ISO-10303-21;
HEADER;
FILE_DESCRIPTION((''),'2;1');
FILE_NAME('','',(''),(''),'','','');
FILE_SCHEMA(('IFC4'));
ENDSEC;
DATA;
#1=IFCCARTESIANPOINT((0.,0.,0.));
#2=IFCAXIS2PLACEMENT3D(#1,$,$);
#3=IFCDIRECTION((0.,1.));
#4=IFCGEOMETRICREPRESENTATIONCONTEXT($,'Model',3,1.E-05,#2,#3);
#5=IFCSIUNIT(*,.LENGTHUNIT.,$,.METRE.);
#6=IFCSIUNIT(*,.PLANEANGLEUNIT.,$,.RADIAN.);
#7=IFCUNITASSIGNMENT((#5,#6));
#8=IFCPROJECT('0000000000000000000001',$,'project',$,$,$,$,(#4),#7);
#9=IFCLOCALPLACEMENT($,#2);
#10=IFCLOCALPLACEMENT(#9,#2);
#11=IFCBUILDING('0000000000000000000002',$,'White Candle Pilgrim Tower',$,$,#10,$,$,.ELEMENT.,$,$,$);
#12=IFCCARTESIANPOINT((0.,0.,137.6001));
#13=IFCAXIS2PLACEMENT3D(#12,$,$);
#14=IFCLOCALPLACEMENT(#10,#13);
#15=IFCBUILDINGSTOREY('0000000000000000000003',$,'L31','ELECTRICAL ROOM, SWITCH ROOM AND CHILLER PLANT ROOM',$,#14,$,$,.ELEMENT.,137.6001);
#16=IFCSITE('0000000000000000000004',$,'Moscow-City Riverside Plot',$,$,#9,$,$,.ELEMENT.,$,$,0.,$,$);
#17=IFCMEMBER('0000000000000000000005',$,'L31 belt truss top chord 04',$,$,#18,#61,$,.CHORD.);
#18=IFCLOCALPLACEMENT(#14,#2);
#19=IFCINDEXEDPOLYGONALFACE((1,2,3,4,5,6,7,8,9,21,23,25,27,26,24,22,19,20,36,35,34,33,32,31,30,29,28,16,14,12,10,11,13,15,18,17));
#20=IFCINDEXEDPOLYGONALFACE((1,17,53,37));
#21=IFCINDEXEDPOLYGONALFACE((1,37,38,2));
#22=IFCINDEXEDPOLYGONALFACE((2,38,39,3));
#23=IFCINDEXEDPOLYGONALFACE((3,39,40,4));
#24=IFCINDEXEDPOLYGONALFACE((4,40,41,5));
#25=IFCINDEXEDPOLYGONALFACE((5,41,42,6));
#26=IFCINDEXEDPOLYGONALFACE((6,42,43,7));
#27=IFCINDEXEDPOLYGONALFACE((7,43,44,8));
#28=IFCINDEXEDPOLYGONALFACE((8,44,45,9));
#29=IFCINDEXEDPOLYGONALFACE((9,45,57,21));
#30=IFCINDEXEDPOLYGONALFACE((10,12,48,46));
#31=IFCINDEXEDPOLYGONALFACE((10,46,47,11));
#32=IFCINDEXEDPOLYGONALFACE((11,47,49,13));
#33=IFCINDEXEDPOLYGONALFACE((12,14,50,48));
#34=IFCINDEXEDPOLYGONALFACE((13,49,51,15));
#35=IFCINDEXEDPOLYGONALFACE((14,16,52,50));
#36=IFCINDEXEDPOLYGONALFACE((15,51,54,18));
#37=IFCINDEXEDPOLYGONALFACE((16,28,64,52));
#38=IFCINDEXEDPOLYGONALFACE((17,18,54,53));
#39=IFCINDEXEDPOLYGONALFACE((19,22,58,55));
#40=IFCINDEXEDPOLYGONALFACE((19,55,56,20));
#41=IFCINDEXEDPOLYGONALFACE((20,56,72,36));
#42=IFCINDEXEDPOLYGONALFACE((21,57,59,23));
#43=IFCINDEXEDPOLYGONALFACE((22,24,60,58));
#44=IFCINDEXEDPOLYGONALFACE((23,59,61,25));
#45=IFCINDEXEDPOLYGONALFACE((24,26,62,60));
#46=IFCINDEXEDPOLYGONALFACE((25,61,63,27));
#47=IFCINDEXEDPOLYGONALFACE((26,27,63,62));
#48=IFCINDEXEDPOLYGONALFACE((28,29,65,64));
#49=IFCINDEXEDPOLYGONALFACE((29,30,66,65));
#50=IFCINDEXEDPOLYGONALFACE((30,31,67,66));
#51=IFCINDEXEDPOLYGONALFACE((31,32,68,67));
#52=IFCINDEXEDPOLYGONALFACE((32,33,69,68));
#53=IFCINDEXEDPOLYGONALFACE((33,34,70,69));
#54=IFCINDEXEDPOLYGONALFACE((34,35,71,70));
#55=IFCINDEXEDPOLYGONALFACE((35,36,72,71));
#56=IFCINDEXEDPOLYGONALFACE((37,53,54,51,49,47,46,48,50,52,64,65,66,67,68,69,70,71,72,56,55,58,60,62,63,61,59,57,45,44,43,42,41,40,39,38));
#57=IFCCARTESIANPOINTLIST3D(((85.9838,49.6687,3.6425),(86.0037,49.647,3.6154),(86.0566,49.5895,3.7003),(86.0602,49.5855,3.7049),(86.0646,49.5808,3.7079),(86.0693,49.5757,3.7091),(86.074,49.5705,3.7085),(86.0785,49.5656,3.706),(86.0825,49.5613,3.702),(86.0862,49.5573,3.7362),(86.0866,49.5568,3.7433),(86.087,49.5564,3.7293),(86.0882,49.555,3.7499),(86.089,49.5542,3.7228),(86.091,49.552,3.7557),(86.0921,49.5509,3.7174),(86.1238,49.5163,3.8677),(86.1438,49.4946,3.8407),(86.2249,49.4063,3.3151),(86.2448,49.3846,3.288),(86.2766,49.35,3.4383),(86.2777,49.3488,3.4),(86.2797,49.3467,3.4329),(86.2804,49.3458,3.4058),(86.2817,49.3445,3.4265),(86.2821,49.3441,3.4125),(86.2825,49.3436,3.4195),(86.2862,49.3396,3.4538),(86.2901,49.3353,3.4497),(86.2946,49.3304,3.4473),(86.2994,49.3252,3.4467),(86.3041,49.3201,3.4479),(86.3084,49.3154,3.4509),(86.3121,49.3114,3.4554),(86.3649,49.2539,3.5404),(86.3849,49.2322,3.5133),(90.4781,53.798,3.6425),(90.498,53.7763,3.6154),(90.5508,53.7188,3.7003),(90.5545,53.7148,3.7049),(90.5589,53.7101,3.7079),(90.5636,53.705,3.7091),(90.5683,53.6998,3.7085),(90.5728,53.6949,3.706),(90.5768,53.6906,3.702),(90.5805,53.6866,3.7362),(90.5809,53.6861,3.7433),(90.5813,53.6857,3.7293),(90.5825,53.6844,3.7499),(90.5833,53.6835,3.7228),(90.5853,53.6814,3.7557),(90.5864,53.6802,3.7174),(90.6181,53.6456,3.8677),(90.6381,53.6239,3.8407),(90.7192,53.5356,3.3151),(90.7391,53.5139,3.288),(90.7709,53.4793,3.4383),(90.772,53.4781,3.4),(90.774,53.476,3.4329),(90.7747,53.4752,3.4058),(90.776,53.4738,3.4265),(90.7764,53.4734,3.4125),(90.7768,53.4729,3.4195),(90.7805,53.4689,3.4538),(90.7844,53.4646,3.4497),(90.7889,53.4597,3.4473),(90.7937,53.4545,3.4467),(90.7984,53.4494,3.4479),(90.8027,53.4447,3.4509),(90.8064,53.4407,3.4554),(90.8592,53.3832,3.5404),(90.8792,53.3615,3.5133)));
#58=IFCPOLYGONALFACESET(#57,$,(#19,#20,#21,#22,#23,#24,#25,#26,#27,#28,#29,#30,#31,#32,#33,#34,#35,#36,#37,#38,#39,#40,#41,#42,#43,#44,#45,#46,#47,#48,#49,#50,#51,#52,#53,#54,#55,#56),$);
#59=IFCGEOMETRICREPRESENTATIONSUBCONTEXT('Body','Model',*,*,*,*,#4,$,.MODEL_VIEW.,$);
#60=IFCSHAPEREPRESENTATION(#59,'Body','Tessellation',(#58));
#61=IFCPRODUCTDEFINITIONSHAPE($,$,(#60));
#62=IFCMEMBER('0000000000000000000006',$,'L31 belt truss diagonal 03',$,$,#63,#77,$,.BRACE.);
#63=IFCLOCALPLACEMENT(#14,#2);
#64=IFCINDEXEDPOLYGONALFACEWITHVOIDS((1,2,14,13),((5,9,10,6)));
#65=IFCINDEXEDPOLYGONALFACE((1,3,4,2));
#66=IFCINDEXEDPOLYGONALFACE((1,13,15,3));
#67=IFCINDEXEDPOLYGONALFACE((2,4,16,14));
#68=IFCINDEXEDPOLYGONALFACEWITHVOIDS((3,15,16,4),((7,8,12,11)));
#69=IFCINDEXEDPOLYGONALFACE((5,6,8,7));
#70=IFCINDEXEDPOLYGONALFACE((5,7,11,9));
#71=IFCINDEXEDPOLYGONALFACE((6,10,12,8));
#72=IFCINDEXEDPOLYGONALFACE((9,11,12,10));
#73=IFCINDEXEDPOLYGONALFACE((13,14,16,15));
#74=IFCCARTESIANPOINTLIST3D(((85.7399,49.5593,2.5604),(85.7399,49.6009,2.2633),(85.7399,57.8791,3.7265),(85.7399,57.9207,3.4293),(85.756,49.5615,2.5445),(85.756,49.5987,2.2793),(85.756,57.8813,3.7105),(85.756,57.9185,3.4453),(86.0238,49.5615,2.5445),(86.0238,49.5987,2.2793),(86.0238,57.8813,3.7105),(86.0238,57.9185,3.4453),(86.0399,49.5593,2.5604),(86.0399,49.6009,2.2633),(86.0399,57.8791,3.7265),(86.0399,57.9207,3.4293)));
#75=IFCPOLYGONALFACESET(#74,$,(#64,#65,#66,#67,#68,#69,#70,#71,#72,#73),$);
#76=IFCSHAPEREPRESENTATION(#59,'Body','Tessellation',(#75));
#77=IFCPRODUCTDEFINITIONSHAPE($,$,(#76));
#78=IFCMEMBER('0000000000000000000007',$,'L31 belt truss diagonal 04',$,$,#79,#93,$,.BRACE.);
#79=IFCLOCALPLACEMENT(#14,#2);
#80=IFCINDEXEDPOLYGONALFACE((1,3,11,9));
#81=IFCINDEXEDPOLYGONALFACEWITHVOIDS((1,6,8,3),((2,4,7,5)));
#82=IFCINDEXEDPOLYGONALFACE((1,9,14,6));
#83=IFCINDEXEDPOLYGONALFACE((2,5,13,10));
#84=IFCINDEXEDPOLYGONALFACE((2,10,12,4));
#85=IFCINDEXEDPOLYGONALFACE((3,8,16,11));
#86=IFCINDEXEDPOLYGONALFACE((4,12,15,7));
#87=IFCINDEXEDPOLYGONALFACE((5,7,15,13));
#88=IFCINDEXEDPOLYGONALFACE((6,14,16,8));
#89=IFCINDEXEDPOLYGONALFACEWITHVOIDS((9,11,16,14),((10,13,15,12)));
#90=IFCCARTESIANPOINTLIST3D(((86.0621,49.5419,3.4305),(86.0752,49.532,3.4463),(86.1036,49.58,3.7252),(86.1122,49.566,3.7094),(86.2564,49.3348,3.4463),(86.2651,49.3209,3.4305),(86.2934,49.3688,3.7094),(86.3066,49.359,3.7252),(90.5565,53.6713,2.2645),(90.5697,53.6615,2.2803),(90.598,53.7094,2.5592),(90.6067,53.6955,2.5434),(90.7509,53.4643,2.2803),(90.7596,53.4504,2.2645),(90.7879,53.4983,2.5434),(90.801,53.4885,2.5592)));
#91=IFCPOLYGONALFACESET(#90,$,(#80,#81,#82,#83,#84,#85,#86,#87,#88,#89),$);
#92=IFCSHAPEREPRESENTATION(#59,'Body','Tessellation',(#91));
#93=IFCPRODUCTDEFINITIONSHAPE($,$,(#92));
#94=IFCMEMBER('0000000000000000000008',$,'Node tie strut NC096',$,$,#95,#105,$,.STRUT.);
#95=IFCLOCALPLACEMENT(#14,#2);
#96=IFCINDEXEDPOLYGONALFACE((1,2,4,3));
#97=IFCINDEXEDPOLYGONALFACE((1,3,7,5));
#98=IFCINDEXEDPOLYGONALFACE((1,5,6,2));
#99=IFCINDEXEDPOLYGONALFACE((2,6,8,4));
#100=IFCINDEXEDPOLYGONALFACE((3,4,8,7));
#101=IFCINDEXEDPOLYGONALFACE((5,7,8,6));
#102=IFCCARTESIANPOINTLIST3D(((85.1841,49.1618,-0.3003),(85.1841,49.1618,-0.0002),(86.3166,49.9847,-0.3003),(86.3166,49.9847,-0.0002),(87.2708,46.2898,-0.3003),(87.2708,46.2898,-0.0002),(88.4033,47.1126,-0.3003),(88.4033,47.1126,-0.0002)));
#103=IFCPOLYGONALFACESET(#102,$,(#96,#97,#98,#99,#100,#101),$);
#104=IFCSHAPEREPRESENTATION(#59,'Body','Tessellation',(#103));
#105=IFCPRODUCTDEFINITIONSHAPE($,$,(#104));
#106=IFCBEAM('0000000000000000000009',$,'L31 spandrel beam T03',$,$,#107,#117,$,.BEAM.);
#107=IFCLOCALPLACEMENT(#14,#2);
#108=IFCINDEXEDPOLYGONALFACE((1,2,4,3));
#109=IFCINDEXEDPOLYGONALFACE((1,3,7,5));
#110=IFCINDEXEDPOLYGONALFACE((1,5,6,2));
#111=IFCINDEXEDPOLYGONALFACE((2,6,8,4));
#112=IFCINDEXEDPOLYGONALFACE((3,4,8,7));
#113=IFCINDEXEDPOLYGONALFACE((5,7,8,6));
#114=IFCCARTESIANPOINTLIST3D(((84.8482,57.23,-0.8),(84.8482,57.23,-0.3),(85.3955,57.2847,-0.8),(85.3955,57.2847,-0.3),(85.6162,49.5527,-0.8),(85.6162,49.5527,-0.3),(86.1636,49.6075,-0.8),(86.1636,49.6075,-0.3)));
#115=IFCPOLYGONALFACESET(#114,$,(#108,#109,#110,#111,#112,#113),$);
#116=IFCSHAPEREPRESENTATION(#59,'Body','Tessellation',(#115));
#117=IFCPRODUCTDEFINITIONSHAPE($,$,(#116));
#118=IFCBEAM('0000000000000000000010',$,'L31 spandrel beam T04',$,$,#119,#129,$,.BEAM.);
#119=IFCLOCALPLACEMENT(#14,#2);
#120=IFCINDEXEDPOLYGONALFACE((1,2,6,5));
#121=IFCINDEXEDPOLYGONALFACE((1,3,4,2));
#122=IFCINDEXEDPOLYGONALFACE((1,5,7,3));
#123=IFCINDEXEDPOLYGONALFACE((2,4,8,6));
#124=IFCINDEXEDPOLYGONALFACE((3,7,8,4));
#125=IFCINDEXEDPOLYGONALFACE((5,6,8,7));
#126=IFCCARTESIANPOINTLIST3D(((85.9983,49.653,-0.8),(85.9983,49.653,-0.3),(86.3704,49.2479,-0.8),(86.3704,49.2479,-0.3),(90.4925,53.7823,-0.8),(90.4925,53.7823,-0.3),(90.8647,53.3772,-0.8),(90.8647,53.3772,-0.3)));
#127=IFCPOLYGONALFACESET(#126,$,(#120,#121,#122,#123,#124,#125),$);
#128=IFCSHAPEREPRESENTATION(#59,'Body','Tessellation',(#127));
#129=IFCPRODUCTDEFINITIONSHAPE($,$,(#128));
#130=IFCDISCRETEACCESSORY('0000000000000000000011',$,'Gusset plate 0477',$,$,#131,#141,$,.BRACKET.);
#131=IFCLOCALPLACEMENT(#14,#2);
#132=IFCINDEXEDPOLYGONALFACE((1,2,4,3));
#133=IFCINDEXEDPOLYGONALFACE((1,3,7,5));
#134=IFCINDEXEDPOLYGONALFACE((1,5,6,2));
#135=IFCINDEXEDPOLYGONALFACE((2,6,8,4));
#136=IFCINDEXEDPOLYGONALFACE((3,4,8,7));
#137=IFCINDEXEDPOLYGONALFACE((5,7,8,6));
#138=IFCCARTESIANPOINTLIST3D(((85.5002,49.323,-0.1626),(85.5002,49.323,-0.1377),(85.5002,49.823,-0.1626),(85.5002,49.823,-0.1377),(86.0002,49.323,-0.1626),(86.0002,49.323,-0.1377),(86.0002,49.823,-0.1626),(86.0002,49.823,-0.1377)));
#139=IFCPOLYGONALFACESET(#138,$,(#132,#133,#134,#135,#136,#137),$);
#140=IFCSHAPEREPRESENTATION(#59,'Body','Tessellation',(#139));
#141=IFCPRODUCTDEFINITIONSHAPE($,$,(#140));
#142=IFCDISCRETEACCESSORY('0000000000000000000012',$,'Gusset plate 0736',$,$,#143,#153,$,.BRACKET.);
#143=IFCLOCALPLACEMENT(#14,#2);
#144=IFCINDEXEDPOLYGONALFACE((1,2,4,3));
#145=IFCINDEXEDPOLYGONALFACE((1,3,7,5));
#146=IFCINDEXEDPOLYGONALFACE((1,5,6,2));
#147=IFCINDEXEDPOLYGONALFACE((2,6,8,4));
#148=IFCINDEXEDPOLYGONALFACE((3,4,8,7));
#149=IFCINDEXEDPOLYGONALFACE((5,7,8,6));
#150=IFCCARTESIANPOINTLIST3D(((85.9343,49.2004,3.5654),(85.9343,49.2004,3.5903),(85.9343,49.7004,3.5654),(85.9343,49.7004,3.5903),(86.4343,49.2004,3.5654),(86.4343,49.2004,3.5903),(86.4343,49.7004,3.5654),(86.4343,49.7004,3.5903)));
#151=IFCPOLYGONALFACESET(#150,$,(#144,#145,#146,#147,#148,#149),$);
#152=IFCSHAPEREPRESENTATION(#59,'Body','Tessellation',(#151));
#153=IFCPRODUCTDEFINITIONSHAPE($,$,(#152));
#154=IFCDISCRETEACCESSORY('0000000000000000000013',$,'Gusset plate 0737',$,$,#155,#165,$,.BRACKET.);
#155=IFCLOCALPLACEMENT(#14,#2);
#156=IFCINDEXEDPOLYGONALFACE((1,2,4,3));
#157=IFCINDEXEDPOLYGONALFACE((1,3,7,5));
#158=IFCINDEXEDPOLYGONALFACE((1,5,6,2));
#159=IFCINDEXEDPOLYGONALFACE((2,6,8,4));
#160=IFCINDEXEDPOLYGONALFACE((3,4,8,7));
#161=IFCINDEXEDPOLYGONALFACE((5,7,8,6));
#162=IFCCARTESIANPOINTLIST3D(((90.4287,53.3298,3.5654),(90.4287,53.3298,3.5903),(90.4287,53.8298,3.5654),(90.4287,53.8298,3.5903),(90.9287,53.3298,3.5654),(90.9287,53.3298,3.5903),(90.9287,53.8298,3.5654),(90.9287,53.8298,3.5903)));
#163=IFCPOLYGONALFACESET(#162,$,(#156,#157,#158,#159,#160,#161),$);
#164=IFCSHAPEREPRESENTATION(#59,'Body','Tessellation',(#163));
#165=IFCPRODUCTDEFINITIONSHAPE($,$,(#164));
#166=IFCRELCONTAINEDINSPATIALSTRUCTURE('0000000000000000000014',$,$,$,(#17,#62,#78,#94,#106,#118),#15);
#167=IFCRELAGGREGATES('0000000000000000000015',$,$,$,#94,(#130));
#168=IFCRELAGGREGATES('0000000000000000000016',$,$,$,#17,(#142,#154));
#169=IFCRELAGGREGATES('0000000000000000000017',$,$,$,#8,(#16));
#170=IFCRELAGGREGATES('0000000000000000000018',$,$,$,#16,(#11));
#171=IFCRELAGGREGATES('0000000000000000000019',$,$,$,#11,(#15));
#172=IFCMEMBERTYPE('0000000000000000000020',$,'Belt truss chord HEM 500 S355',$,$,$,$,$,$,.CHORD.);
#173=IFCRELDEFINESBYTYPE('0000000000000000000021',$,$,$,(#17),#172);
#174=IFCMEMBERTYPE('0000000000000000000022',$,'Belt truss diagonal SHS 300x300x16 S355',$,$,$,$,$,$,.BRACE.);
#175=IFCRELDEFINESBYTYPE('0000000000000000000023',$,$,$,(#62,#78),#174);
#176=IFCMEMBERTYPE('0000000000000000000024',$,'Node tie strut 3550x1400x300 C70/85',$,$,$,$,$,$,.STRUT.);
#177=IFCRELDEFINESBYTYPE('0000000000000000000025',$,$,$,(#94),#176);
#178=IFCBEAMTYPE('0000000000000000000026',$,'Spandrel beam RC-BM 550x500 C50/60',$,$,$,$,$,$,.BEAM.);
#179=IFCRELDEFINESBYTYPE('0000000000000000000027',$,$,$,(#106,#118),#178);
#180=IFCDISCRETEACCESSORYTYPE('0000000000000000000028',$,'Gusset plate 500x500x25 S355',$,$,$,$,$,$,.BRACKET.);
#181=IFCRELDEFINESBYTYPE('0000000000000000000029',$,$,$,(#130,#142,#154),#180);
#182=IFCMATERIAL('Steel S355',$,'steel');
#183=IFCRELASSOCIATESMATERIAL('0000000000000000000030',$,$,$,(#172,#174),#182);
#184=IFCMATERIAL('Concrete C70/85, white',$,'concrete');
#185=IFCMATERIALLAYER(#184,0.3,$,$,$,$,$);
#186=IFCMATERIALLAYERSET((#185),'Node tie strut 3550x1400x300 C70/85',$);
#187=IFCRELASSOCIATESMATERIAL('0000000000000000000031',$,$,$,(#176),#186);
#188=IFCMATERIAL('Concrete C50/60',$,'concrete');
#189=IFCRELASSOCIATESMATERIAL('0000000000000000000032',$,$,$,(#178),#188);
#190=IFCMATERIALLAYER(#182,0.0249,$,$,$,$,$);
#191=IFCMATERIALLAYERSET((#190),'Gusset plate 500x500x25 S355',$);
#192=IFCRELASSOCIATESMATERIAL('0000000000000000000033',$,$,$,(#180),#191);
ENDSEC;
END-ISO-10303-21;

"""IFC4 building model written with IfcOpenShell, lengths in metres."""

from ifc_helpers import new_model, si_unit, direction, frame, origin, origin_2d, place, context, subcontext, project, spatial, rectangle, hollow_rectangle, i_section, extrude, material, layer, layer_set, material_profile, profile_set, type_object, element, aggregate, save


model = new_model("IFC4")

# Units and contexts
model_context = context("Model", 3, precision=1e-05, world=origin(), true_north=direction((0.0, 1.0)))
body_context = subcontext(model_context, "Body", "Model", "MODEL_VIEW")
ifc_project = project(units=[si_unit("LENGTHUNIT", "METRE"), si_unit("PLANEANGLEUNIT", "RADIAN")], contexts=[model_context])

# Site, building, storey
site_placement = place(None, origin())
site = spatial("IfcSite", under=ifc_project, at=site_placement, Name="Moscow-City Riverside Plot", CompositionType="ELEMENT", RefElevation=0.0)
building_placement = place(site_placement, origin())
building = spatial("IfcBuilding", under=site, at=building_placement, Name="White Candle Pilgrim Tower", CompositionType="ELEMENT")
storey_placement = place(building_placement, frame((0.0, 0.0, 137.6001)))
storey = spatial("IfcBuildingStorey", under=building, at=storey_placement, Name="L31", Description="ELECTRICAL ROOM, SWITCH ROOM AND CHILLER PLANT ROOM", CompositionType="ELEMENT", Elevation=137.6001)

# Member
ifc_material_1 = material(Name="Steel S355", Category="steel")
ifc_material_profile_1 = material_profile(ifc_material_1, i_section(OverallWidth=0.3059, OverallDepth=0.5239, WebThickness=0.021, FlangeThickness=0.04, FilletRadius=0.0271, at=origin_2d()), Name="HEM 500")
ifc_profile_set_1 = profile_set([ifc_material_profile_1], Name="Steel S355")
member_type_1 = type_object("IfcMemberType", Name="Belt truss chord HEM 500 S355", PredefinedType="CHORD", material=ifc_profile_set_1)
member_1_placement = place(storey_placement, frame((86.1843, 49.4504, 3.5779), z_axis=(0.736375, 0.676574, 0.0), x_axis=(0.457751, -0.498211, 0.736376)))
member_1 = element("IfcMember", 1, at=member_1_placement, inside=storey, type_object=member_type_1, Name="L31 belt truss top chord 04", PredefinedType="CHORD", context=body_context, shape_type="SweptSolid", body=[
    extrude(i_section(OverallWidth=0.3059, OverallDepth=0.5239, WebThickness=0.021, FlangeThickness=0.04, FilletRadius=0.0271, at=origin_2d()), origin(), (0.0, 0.0, 1.0), 6.1033),
])

# Members
ifc_material_profile_2 = material_profile(ifc_material_1, hollow_rectangle(XDim=0.3, YDim=0.3, WallThickness=0.0161, at=origin_2d()), Name="SHS 300x300x16")
ifc_profile_set_2 = profile_set([ifc_material_profile_2], Name="Steel S355")
member_type_2 = type_object("IfcMemberType", Name="Belt truss diagonal SHS 300x300x16 S355", PredefinedType="BRACE", material=ifc_profile_set_2)
member_2_placement = place(storey_placement, frame((85.8899, 49.5801, 2.4119), z_axis=(0.0, 0.990321, 0.138793), x_axis=(-1.0, 0.0, 0.0)))
element("IfcMember", 2, at=member_2_placement, inside=storey, type_object=member_type_2, Name="L31 belt truss diagonal 03", PredefinedType="BRACE", context=body_context, shape_type="SweptSolid", body=[
    extrude(hollow_rectangle(XDim=0.3, YDim=0.3, WallThickness=0.0161, at=origin_2d()), origin(), (0.0, 0.0, 1.0), 8.4011),
])
member_3_placement = place(storey_placement, frame((86.1843, 49.4504, 3.5779), z_axis=(0.723294, 0.664555, -0.18765), x_axis=(-0.676574, 0.736375, 0.0)))
element("IfcMember", 3, at=member_3_placement, inside=storey, type_object=member_type_2, Name="L31 belt truss diagonal 04", PredefinedType="BRACE", context=body_context, shape_type="SweptSolid", body=[
    extrude(hollow_rectangle(XDim=0.3, YDim=0.3, WallThickness=0.0161, at=origin_2d()), origin(), (0.0, 0.0, 1.0), 6.2139),
])

# Member
ifc_material_2 = material(Name="Concrete C70/85, white", Category="concrete")
ifc_layer_1 = layer(ifc_material_2, 0.3)
ifc_layer_set_1 = layer_set([ifc_layer_1], Name="Node tie strut 3550x1400x300 C70/85")
member_type_3 = type_object("IfcMemberType", Name="Node tie strut 3550x1400x300 C70/85", PredefinedType="STRUT", material=ifc_layer_set_1)
member_4_placement = place(storey_placement, frame((86.7937, 48.1372, -0.3003), z_axis=(0.0, 0.0, 1.0), x_axis=(0.809017, 0.587785, 0.0)))
member_4 = element("IfcMember", 4, at=member_4_placement, inside=storey, type_object=member_type_3, Name="Node tie strut NC096", PredefinedType="STRUT", context=body_context, shape_type="SweptSolid", body=[
    extrude(rectangle(XDim=1.3999, YDim=3.55, at=origin_2d()), origin(), (0.0, 0.0, 1.0), 0.3),
])

# Beams
ifc_material_3 = material(Name="Concrete C50/60", Category="concrete")
ifc_material_profile_3 = material_profile(ifc_material_3, rectangle(XDim=0.55, YDim=0.5, at=origin_2d()), Name="RC-BM 550x500")
ifc_profile_set_3 = profile_set([ifc_material_profile_3], Name="Concrete C50/60")
beam_type = type_object("IfcBeamType", Name="Spandrel beam RC-BM 550x500 C50/60", PredefinedType="BEAM", material=ifc_profile_set_3)
beam_1_placement = place(storey_placement, frame((85.8899, 49.5801, -0.55), z_axis=(-0.099548, 0.995033, 0.0), x_axis=(-0.995033, -0.099548, 0.0)))
element("IfcBeam", 5, at=beam_1_placement, inside=storey, type_object=beam_type, Name="L31 spandrel beam T03", PredefinedType="BEAM", context=body_context, shape_type="SweptSolid", body=[
    extrude(rectangle(XDim=0.55, YDim=0.5, at=origin_2d()), origin(), (0.0, 0.0, 1.0), 7.7156),
])
beam_2_placement = place(storey_placement, frame((86.1843, 49.4504, -0.55), z_axis=(0.736375, 0.676574, 0.0), x_axis=(-0.676574, 0.736375, 0.0)))
element("IfcBeam", 6, at=beam_2_placement, inside=storey, type_object=beam_type, Name="L31 spandrel beam T04", PredefinedType="BEAM", context=body_context, shape_type="SweptSolid", body=[
    extrude(rectangle(XDim=0.55, YDim=0.5, at=origin_2d()), origin(), (0.0, 0.0, 1.0), 6.1033),
])

# Discrete accessories
ifc_layer_2 = layer(ifc_material_1, 0.0249)
ifc_layer_set_2 = layer_set([ifc_layer_2], Name="Gusset plate 500x500x25 S355")
discrete_accessory_type_1 = type_object("IfcDiscreteAccessoryType", Name="Gusset plate 500x500x25 S355", PredefinedType="BRACKET", material=ifc_layer_set_2)
discrete_accessory_1_placement = place(storey_placement, frame((85.7502, 49.573, -0.1626), z_axis=(0.0, 0.0, 1.0), x_axis=(1.0, 0.0, 0.0)))
discrete_accessory_1 = element("IfcDiscreteAccessory", 7, at=discrete_accessory_1_placement, type_object=discrete_accessory_type_1, Name="Gusset plate 0477", PredefinedType="BRACKET", context=body_context, shape_type="SweptSolid", body=[
    extrude(rectangle(XDim=0.5, YDim=0.5, at=origin_2d()), origin(), (0.0, 0.0, 1.0), 0.0249),
])
aggregate(member_4, [discrete_accessory_1])
discrete_accessory_2_placement = place(storey_placement, frame((86.1843, 49.4504, 3.5654), z_axis=(0.0, 0.0, 1.0), x_axis=(1.0, 0.0, 0.0)))
discrete_accessory_2 = element("IfcDiscreteAccessory", 8, at=discrete_accessory_2_placement, type_object=discrete_accessory_type_1, Name="Gusset plate 0736", PredefinedType="BRACKET", context=body_context, shape_type="SweptSolid", body=[
    extrude(rectangle(XDim=0.5, YDim=0.5, at=origin_2d()), origin(), (0.0, 0.0, 1.0), 0.0249),
])
discrete_accessory_3_placement = place(storey_placement, frame((90.6787, 53.5798, 3.5654), z_axis=(0.0, 0.0, 1.0), x_axis=(1.0, 0.0, 0.0)))
discrete_accessory_3 = element("IfcDiscreteAccessory", 9, at=discrete_accessory_3_placement, type_object=discrete_accessory_type_1, Name="Gusset plate 0737", PredefinedType="BRACKET", context=body_context, shape_type="SweptSolid", body=[
    extrude(rectangle(XDim=0.5, YDim=0.5, at=origin_2d()), origin(), (0.0, 0.0, 1.0), 0.0249),
])
aggregate(member_1, [discrete_accessory_2, discrete_accessory_3])

save(model, "model.ifc")
